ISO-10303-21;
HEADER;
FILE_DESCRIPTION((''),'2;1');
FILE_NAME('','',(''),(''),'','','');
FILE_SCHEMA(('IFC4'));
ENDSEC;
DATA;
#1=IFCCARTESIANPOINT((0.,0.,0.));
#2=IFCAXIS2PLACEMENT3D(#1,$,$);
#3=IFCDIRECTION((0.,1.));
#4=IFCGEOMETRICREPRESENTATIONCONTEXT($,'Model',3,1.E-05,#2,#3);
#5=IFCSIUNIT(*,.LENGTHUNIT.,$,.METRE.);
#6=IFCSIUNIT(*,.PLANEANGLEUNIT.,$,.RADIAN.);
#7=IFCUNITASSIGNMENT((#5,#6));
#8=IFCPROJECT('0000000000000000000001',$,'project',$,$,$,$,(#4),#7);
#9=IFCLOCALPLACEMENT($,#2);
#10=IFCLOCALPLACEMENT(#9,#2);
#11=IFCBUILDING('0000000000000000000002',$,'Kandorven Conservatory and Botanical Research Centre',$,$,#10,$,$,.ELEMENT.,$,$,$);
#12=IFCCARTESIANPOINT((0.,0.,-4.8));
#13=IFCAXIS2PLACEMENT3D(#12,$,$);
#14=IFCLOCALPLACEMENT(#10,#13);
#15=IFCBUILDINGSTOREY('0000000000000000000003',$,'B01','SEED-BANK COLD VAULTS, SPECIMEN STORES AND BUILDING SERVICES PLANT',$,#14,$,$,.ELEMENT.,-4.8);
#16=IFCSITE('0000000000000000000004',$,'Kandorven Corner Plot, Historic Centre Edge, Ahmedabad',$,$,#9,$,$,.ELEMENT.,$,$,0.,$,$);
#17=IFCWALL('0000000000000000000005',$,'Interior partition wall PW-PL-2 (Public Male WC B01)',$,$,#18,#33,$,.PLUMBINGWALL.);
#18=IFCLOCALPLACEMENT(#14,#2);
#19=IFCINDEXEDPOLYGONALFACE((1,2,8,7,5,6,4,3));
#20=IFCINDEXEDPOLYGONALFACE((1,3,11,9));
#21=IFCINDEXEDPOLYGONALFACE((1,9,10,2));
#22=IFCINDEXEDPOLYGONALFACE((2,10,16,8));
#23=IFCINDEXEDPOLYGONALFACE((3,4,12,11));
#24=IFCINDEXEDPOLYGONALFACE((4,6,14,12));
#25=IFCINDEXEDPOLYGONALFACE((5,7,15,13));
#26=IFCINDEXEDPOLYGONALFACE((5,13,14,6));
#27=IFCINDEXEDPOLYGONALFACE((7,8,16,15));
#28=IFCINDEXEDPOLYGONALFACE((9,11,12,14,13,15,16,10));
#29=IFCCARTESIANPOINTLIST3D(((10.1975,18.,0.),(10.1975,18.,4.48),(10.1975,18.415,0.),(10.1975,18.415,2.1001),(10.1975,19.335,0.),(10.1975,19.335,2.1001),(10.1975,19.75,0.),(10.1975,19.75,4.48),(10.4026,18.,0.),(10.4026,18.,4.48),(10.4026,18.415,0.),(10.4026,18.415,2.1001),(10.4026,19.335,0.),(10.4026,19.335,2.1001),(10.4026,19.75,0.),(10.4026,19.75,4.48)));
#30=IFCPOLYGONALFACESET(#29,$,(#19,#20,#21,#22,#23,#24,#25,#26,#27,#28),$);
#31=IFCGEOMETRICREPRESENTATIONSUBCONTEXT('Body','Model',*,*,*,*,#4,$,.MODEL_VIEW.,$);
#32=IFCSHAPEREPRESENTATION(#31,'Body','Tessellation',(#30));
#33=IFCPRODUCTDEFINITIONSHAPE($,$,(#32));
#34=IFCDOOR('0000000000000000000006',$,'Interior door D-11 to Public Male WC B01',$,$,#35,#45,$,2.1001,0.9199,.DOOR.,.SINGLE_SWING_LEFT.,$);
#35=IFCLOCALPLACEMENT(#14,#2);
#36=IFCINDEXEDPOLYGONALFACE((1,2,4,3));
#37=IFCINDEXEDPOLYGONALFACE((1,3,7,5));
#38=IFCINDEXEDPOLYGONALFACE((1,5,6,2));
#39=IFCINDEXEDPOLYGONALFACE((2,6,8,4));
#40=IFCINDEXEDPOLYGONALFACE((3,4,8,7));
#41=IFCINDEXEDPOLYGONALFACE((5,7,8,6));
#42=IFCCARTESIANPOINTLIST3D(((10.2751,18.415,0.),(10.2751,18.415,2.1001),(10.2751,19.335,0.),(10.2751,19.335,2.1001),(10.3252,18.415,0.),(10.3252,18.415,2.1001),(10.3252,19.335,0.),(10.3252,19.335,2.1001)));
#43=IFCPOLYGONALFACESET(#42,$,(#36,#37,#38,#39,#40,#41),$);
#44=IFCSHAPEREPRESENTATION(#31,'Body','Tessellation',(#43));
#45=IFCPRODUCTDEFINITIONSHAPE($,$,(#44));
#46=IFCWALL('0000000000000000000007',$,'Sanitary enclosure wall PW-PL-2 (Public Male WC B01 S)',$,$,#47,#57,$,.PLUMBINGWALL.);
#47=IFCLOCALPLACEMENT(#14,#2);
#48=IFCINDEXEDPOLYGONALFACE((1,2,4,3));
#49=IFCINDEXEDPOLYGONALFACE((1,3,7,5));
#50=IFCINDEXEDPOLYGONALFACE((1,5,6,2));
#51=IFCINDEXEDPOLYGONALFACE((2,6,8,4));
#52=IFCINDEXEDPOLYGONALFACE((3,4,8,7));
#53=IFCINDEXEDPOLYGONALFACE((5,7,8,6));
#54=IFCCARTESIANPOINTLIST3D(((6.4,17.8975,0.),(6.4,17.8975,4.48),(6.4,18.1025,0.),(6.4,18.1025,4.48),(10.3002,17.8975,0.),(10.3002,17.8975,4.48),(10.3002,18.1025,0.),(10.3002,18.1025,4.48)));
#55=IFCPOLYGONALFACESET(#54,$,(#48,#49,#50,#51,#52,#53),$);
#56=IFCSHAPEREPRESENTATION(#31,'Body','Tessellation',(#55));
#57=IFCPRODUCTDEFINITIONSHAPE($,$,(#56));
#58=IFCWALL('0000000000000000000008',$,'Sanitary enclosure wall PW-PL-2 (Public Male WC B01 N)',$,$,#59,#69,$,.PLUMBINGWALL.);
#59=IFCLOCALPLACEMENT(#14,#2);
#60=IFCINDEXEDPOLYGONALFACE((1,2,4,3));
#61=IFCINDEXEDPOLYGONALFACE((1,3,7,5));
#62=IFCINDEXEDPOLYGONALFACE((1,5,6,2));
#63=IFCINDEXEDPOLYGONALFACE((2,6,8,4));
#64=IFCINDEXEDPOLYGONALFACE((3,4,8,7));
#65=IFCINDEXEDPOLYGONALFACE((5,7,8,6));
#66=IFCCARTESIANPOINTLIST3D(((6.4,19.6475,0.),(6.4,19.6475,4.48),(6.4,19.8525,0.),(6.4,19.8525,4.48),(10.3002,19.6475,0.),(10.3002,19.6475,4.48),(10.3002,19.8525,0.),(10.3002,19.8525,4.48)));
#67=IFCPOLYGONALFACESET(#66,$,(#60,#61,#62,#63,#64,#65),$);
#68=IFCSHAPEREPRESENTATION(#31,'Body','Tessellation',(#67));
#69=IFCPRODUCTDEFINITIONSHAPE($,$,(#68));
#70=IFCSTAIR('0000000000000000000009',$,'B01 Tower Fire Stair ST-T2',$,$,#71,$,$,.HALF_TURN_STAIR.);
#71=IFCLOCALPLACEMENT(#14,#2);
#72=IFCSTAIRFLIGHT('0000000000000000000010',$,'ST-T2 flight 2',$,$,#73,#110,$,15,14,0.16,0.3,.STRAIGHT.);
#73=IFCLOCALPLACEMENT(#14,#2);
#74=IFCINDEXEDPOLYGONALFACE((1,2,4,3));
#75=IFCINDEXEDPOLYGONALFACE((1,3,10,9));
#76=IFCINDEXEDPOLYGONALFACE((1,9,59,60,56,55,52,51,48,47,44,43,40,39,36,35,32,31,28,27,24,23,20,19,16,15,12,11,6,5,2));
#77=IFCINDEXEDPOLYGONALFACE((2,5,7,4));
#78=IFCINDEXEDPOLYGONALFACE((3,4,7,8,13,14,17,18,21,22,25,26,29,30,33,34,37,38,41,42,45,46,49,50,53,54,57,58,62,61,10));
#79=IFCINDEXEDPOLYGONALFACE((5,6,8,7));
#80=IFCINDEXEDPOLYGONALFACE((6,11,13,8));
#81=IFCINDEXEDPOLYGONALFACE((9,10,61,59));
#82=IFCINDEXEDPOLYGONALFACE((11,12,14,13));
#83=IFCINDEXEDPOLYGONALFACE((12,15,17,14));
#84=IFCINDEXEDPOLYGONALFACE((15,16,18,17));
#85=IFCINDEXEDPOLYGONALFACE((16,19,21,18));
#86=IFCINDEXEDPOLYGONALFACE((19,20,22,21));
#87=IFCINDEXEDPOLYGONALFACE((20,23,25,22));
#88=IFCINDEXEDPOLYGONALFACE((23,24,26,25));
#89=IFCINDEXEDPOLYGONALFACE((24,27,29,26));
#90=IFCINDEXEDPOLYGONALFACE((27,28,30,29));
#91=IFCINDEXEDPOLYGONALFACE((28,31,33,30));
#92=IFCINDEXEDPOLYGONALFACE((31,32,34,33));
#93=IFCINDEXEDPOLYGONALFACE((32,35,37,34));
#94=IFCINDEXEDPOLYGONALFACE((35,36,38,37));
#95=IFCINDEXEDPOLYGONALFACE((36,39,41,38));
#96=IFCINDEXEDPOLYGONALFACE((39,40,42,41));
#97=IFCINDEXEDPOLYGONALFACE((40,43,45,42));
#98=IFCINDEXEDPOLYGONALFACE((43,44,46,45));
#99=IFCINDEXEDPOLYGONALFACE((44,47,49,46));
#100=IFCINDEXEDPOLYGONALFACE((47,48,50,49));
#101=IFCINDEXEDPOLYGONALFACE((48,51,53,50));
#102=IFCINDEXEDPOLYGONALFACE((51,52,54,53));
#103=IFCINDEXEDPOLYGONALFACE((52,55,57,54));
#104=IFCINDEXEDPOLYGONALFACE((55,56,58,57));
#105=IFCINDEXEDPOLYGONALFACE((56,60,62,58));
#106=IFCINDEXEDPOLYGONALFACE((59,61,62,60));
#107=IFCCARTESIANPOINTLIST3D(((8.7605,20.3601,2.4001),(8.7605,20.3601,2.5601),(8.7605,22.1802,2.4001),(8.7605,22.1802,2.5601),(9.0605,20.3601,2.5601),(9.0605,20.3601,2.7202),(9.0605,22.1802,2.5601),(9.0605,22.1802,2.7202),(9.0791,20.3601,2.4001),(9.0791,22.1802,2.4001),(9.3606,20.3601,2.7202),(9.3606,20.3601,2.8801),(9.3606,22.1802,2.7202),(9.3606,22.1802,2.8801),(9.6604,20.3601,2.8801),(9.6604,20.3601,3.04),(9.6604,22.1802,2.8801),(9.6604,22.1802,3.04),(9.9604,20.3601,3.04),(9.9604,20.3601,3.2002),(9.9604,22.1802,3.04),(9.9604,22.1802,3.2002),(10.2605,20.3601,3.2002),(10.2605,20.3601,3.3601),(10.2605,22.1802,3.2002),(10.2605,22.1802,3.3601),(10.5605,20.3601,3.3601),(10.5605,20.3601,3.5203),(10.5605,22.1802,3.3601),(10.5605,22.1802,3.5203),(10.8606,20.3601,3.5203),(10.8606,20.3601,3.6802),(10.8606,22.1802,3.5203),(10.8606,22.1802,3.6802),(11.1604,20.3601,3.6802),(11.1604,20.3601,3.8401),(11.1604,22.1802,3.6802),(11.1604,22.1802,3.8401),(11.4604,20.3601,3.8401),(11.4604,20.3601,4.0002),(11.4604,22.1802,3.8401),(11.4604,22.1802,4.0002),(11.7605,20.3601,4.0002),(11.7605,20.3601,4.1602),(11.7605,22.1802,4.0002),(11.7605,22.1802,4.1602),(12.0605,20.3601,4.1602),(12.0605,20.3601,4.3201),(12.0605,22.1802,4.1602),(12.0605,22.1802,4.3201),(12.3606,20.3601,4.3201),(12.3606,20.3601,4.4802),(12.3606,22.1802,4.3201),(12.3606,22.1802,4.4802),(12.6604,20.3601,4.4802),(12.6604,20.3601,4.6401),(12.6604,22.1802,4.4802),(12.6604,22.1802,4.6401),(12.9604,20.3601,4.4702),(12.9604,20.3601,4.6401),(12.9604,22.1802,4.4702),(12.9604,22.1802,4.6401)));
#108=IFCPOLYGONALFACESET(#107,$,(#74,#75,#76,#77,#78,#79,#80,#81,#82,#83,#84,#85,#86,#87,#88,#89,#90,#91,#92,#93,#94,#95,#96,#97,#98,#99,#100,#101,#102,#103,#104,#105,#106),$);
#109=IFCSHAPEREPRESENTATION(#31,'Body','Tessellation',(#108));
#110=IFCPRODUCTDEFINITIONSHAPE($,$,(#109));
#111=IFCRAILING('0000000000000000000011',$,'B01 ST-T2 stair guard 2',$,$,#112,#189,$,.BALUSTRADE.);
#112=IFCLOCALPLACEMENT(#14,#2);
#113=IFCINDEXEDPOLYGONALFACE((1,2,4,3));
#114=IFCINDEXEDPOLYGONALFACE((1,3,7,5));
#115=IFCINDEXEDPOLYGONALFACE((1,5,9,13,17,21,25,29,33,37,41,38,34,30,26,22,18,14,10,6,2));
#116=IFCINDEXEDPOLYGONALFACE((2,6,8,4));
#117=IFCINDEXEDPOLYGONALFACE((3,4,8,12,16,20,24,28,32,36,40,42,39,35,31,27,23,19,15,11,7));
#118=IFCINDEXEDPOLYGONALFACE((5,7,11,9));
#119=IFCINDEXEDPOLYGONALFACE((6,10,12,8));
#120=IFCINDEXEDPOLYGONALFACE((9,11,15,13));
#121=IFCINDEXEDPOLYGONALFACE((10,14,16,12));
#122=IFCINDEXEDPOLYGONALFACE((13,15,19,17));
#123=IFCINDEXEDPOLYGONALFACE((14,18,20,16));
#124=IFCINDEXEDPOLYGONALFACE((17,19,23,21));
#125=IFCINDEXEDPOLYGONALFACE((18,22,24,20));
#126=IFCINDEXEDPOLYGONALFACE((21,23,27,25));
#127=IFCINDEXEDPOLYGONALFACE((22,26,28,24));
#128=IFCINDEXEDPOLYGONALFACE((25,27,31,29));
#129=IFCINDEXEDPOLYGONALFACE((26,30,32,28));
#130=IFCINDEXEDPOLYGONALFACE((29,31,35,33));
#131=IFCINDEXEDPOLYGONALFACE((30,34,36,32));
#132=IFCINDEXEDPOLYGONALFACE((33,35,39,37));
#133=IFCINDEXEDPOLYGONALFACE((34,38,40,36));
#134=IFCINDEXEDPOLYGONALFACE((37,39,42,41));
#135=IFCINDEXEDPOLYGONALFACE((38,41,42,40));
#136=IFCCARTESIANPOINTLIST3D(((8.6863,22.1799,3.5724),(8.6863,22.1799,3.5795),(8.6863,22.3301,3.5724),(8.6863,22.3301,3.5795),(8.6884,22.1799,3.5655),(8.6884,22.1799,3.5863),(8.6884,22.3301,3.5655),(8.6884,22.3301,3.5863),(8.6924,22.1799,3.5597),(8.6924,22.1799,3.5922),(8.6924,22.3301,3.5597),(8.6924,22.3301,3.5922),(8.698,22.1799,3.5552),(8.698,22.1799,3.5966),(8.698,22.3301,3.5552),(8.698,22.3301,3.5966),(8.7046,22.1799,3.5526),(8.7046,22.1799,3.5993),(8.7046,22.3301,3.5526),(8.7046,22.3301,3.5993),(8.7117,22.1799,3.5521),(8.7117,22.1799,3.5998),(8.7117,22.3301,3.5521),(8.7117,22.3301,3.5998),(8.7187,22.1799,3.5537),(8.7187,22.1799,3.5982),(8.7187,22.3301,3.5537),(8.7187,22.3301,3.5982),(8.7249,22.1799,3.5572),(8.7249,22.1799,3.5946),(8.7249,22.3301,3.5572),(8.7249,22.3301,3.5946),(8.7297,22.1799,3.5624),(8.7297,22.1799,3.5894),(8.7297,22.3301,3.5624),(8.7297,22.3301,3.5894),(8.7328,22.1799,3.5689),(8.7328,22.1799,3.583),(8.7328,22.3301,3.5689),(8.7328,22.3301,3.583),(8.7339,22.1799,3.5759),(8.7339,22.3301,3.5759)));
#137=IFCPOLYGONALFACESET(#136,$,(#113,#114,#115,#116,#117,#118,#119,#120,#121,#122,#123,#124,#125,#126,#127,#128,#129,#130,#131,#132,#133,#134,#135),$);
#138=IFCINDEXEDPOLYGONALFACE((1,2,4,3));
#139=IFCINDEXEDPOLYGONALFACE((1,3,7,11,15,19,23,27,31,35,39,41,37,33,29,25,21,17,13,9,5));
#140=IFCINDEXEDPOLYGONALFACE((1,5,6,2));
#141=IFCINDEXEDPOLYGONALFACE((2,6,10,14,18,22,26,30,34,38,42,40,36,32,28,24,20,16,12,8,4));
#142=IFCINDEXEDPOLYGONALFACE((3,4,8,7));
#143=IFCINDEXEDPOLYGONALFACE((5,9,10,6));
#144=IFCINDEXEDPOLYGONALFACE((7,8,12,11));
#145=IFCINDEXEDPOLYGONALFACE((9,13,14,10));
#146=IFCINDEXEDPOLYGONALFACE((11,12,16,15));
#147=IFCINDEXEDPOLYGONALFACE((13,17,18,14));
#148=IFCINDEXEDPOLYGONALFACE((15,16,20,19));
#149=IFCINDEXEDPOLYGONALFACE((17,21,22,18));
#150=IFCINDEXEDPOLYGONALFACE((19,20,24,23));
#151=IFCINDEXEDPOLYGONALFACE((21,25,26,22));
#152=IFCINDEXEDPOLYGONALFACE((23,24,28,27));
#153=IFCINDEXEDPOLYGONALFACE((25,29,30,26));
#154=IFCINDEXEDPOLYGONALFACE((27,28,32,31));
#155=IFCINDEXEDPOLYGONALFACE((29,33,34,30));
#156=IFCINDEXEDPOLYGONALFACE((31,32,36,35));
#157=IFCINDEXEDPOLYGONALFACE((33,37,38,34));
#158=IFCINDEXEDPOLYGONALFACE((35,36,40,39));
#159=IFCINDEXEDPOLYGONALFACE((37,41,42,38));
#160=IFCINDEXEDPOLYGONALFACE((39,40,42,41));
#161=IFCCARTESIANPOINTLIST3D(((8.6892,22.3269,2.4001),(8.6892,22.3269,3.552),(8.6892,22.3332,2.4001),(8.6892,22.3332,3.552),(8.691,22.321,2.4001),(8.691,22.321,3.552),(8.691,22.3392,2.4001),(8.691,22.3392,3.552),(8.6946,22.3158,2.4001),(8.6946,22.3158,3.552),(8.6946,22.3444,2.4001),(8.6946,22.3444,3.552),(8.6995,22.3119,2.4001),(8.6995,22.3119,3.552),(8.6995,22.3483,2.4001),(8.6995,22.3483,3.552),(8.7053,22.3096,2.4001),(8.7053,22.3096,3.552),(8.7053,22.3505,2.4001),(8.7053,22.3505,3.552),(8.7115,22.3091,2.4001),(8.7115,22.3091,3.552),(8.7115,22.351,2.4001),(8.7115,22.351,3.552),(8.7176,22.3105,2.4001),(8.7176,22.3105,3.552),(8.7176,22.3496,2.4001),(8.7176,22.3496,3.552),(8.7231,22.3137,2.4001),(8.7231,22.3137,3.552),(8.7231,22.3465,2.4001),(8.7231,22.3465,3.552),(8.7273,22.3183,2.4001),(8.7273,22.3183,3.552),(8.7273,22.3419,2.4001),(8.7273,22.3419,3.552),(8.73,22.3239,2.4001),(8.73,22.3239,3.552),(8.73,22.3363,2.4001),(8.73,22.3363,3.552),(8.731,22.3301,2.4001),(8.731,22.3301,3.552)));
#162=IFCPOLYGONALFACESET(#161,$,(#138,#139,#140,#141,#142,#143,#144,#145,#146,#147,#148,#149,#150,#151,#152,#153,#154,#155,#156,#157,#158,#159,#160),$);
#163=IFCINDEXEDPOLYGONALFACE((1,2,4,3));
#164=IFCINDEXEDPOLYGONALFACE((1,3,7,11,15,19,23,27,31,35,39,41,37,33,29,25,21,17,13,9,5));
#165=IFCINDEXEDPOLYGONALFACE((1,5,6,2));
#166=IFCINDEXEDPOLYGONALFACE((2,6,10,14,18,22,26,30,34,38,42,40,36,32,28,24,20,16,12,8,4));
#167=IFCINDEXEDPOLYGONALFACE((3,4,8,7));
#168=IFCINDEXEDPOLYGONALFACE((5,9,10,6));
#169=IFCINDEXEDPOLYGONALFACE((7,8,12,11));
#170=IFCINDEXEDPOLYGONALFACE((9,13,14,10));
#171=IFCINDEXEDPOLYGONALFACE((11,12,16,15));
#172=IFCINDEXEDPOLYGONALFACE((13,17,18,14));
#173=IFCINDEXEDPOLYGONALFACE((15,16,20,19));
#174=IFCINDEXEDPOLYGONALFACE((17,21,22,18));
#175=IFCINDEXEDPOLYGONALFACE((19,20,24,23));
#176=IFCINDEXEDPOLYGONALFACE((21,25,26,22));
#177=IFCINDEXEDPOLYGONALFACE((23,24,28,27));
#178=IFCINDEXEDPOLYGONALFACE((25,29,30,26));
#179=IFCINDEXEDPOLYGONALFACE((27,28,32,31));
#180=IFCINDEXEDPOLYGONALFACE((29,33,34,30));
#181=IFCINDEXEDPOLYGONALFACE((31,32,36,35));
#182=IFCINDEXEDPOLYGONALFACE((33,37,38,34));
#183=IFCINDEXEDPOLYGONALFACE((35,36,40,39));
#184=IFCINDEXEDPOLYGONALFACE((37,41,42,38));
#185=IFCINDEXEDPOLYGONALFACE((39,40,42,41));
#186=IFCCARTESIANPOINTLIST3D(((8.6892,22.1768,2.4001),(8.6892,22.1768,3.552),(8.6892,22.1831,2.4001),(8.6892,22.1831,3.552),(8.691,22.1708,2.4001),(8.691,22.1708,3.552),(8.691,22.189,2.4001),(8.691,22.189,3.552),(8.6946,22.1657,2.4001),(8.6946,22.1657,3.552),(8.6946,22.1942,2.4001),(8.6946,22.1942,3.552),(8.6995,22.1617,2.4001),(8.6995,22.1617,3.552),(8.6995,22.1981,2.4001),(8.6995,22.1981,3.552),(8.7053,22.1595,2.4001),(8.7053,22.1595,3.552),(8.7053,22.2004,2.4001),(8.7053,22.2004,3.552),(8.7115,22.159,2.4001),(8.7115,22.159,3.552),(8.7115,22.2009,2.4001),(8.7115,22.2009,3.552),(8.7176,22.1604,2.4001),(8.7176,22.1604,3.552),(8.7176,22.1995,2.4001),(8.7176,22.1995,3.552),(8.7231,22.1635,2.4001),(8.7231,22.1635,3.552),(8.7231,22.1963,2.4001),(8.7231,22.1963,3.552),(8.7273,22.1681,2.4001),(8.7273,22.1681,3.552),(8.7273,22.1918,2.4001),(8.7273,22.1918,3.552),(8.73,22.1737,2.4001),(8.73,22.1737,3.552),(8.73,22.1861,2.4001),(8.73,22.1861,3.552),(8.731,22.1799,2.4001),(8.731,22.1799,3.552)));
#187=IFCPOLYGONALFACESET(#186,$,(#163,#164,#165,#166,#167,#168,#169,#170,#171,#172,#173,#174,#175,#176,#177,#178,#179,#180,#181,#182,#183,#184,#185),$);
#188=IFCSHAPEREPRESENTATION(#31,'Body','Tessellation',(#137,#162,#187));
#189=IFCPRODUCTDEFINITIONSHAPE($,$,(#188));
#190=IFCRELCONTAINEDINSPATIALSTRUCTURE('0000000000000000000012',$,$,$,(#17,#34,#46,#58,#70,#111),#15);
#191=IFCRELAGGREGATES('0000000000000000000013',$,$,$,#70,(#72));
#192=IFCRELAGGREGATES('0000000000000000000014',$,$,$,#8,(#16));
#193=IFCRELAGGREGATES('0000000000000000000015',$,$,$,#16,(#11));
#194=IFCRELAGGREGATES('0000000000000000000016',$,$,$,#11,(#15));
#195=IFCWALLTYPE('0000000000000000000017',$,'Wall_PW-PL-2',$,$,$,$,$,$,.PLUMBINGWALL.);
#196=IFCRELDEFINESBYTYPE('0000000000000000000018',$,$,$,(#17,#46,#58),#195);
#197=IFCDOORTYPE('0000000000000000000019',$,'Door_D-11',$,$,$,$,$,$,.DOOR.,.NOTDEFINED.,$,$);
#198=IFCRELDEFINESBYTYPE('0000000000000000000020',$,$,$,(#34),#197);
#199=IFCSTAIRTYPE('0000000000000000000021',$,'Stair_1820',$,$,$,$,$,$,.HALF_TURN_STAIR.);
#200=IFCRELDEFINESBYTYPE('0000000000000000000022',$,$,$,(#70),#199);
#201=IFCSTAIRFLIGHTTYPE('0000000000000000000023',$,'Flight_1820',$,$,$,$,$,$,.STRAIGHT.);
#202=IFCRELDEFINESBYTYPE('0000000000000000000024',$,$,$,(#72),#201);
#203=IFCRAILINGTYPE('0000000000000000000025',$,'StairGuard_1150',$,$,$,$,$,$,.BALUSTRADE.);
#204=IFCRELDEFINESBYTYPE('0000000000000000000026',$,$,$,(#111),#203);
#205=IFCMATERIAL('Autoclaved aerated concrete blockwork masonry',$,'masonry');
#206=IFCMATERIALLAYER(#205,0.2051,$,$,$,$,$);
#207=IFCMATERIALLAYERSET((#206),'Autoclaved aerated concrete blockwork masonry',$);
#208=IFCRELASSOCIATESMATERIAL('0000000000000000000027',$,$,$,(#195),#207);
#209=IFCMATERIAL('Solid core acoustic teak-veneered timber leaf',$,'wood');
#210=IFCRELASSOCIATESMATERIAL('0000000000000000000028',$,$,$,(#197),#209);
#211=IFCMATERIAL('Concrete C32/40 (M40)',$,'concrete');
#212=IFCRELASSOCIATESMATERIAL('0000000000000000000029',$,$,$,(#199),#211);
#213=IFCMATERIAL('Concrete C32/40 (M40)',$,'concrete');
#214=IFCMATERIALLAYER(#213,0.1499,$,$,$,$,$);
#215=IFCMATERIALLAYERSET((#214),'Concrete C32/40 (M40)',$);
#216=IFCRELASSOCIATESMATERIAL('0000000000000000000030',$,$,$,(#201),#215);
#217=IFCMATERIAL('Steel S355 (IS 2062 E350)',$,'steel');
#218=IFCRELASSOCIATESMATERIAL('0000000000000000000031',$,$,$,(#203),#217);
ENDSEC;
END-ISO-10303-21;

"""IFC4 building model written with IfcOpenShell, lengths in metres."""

from ifc_helpers import new_model, si_unit, direction, frame, frame_2d, origin, origin_2d, place, context, subcontext, project, spatial, polyline, rectangle, circle, outline, extrude, material, layer, layer_set, type_object, element, fill, aggregate, save


model = new_model("IFC4")

# Units and contexts
model_context = context("Model", 3, precision=1e-05, world=origin(), true_north=direction((0.0, 1.0)))
body_context = subcontext(model_context, "Body", "Model", "MODEL_VIEW")
ifc_project = project(units=[si_unit("LENGTHUNIT", "METRE"), si_unit("PLANEANGLEUNIT", "RADIAN")], contexts=[model_context])

# Site, building, storey
site_placement = place(None, origin())
site = spatial("IfcSite", under=ifc_project, at=site_placement, Name="Kandorven Corner Plot, Historic Centre Edge, Ahmedabad", CompositionType="ELEMENT", RefElevation=0.0)
building_placement = place(site_placement, origin())
building = spatial("IfcBuilding", under=site, at=building_placement, Name="Kandorven Conservatory and Botanical Research Centre", CompositionType="ELEMENT")
storey_placement = place(building_placement, frame((0.0, 0.0, -4.8)))
storey = spatial("IfcBuildingStorey", under=building, at=storey_placement, Name="B01", Description="SEED-BANK COLD VAULTS, SPECIMEN STORES AND BUILDING SERVICES PLANT", CompositionType="ELEMENT", Elevation=-4.8)

# Wall, opening, door
ifc_material_1 = material(Name="Autoclaved aerated concrete blockwork masonry", Category="masonry")
ifc_layer_1 = layer(ifc_material_1, 0.2051)
ifc_layer_set_1 = layer_set([ifc_layer_1], Name="Autoclaved aerated concrete blockwork masonry")
wall_type = type_object("IfcWallType", Name="Wall_PW-PL-2", PredefinedType="PLUMBINGWALL", material=ifc_layer_set_1)
wall_placement = place(storey_placement, frame((10.3, 18.0, 0.0), z_axis=(0.0, 0.0, 1.0), x_axis=(0.0, 1.0, 0.0)))
wall = element("IfcWall", 1, at=wall_placement, inside=storey, type_object=wall_type, Name="Interior partition wall PW-PL-2 (Public Male WC B01)", PredefinedType="PLUMBINGWALL", context=body_context, shape_type="SweptSolid", body=[
    extrude(rectangle(XDim=1.75, YDim=0.2051, at=frame_2d((0.875, 0.0))), origin(), (0.0, 0.0, 1.0), 4.48),
])
opening_placement = place(wall_placement, frame((0.415, 0.0, 0.0)))
opening = element("IfcOpeningElement", 2, at=opening_placement, cuts=wall, PredefinedType="OPENING", context=body_context, shape_type="SweptSolid", body=[
    extrude(rectangle(XDim=0.9199, YDim=2.1001, at=frame_2d((0.46, 1.05))), frame((0.0, 0.1125, 0.0), z_axis=(0.0, -1.0, 0.0), x_axis=(1.0, 0.0, 0.0)), (0.0, 0.0, 1.0), 0.2251),
])
ifc_material_2 = material(Name="Solid core acoustic teak-veneered timber leaf", Category="wood")
door_type = type_object("IfcDoorType", Name="Door_D-11", OperationType="NOTDEFINED", PredefinedType="DOOR", material=ifc_material_2)
door_placement = place(opening_placement, origin())
door = element("IfcDoor", 3, at=door_placement, inside=storey, type_object=door_type, Name="Interior door D-11 to Public Male WC B01", OperationType="SINGLE_SWING_LEFT", OverallHeight=2.1001, OverallWidth=0.9199, PredefinedType="DOOR", context=body_context, shape_type="SweptSolid", body=[
    extrude(rectangle(XDim=0.9199, YDim=2.1001, at=frame_2d((0.46, 1.05))), frame((0.0, 0.0249, 0.0), z_axis=(0.0, -1.0, 0.0), x_axis=(1.0, 0.0, 0.0)), (0.0, 0.0, 1.0), 0.05),
])
fill(opening, door)

# Walls
for number, where, z_axis, x_axis, name in (
    (4, (6.3999, 18.0, 0.0), (0.0, 0.0, 1.0), (1.0, 0.0, 0.0), "Sanitary enclosure wall PW-PL-2 (Public Male WC B01 S)"),
    (5, (6.3999, 19.75, 0.0), (0.0, 0.0, 1.0), (1.0, 0.0, 0.0), "Sanitary enclosure wall PW-PL-2 (Public Male WC B01 N)"),
):
    element("IfcWall", number, at=place(storey_placement, frame(where, z_axis=z_axis, x_axis=x_axis)), inside=storey, type_object=wall_type, Name=name, PredefinedType="PLUMBINGWALL", context=body_context, shape_type="SweptSolid", body=[
        extrude(rectangle(XDim=3.9001, YDim=0.2051, at=frame_2d((1.9502, 0.0))), origin(), (0.0, 0.0, 1.0), 4.48),
    ])

# Stair, stair flight
ifc_material_3 = material(Name="Concrete C32/40 (M40)", Category="concrete")
stair_type = type_object("IfcStairType", Name="Stair_1820", PredefinedType="HALF_TURN_STAIR", material=ifc_material_3)
stair_placement = place(storey_placement, origin())
stair = element("IfcStair", 6, at=stair_placement, inside=storey, type_object=stair_type, Name="B01 Tower Fire Stair ST-T2", PredefinedType="HALF_TURN_STAIR")
ifc_material_4 = material(Name="Concrete C32/40 (M40)", Category="concrete")
ifc_layer_2 = layer(ifc_material_4, 0.1499)
ifc_layer_set_2 = layer_set([ifc_layer_2], Name="Concrete C32/40 (M40)")
stair_flight_type = type_object("IfcStairFlightType", Name="Flight_1820", PredefinedType="STRAIGHT", material=ifc_layer_set_2)
stair_flight_placement = place(storey_placement, frame((8.7605, 21.27, 2.4001), z_axis=(0.0, 0.0, 1.0), x_axis=(1.0, 0.0, 0.0)))
stair_flight = element("IfcStairFlight", 7, at=stair_flight_placement, type_object=stair_flight_type, Name="ST-T2 flight 2", NumberOfRisers=15, NumberOfTreads=14, PredefinedType="STRAIGHT", RiserHeight=0.16, TreadLength=0.3, context=body_context, shape_type="SweptSolid", body=[
    extrude(outline(polyline([(0.0, 0.0), (0.0, 0.1599), (0.3, 0.1599), (0.3, 0.3201), (0.6001, 0.3201), (0.6001, 0.48), (0.8999, 0.48), (0.8999, 0.6399), (1.2, 0.6399), (1.2, 0.8), (1.5, 0.8), (1.5, 0.96), (1.8, 0.96), (1.8, 1.1201), (2.1001, 1.1201), (2.1001, 1.28), (2.3999, 1.28), (2.3999, 1.4399), (2.7, 1.4399), (2.7, 1.6001), (3.0, 1.6001), (3.0, 1.76), (3.3, 1.76), (3.3, 1.9199), (3.6001, 1.9199), (3.6001, 2.0801), (3.8999, 2.0801), (3.8999, 2.24), (4.2, 2.24), (4.2, 2.3999), (4.2, 2.0701), (0.3186, 0.0), (0.0, 0.0)])), frame((0.0, 0.9102, 0.0), z_axis=(0.0, -1.0, 0.0), x_axis=(1.0, 0.0, 0.0)), (0.0, 0.0, 1.0), 1.8201),
])
aggregate(stair, [stair_flight])

# Railing
ifc_material_5 = material(Name="Steel S355 (IS 2062 E350)", Category="steel")
railing_type_1 = type_object("IfcRailingType", Name="StairGuard_1150", PredefinedType="BALUSTRADE", material=ifc_material_5)
railing_1_placement = place(storey_placement, frame((8.71, 22.3301, 2.4001)))
element("IfcRailing", 8, at=railing_1_placement, inside=storey, type_object=railing_type_1, Name="B01 ST-T2 stair guard 2", PredefinedType="BALUSTRADE", context=body_context, shape_type="SweptSolid", body=[
    extrude(circle(Radius=0.0239, at=origin_2d()), frame((0.0, 0.0, 1.1758), z_axis=(0.0, -1.0, 0.0), x_axis=(1.0, 0.0, 0.0)), (0.0, 0.0, 1.0), 0.1501),
    extrude(circle(Radius=0.021, at=origin_2d()), origin(), (0.0, 0.0, 1.0), 1.1519),
    extrude(circle(Radius=0.021, at=origin_2d()), frame((0.0, -0.1501, 0.0)), (0.0, 0.0, 1.0), 1.1519),
])

save(model, "model.ifc")
